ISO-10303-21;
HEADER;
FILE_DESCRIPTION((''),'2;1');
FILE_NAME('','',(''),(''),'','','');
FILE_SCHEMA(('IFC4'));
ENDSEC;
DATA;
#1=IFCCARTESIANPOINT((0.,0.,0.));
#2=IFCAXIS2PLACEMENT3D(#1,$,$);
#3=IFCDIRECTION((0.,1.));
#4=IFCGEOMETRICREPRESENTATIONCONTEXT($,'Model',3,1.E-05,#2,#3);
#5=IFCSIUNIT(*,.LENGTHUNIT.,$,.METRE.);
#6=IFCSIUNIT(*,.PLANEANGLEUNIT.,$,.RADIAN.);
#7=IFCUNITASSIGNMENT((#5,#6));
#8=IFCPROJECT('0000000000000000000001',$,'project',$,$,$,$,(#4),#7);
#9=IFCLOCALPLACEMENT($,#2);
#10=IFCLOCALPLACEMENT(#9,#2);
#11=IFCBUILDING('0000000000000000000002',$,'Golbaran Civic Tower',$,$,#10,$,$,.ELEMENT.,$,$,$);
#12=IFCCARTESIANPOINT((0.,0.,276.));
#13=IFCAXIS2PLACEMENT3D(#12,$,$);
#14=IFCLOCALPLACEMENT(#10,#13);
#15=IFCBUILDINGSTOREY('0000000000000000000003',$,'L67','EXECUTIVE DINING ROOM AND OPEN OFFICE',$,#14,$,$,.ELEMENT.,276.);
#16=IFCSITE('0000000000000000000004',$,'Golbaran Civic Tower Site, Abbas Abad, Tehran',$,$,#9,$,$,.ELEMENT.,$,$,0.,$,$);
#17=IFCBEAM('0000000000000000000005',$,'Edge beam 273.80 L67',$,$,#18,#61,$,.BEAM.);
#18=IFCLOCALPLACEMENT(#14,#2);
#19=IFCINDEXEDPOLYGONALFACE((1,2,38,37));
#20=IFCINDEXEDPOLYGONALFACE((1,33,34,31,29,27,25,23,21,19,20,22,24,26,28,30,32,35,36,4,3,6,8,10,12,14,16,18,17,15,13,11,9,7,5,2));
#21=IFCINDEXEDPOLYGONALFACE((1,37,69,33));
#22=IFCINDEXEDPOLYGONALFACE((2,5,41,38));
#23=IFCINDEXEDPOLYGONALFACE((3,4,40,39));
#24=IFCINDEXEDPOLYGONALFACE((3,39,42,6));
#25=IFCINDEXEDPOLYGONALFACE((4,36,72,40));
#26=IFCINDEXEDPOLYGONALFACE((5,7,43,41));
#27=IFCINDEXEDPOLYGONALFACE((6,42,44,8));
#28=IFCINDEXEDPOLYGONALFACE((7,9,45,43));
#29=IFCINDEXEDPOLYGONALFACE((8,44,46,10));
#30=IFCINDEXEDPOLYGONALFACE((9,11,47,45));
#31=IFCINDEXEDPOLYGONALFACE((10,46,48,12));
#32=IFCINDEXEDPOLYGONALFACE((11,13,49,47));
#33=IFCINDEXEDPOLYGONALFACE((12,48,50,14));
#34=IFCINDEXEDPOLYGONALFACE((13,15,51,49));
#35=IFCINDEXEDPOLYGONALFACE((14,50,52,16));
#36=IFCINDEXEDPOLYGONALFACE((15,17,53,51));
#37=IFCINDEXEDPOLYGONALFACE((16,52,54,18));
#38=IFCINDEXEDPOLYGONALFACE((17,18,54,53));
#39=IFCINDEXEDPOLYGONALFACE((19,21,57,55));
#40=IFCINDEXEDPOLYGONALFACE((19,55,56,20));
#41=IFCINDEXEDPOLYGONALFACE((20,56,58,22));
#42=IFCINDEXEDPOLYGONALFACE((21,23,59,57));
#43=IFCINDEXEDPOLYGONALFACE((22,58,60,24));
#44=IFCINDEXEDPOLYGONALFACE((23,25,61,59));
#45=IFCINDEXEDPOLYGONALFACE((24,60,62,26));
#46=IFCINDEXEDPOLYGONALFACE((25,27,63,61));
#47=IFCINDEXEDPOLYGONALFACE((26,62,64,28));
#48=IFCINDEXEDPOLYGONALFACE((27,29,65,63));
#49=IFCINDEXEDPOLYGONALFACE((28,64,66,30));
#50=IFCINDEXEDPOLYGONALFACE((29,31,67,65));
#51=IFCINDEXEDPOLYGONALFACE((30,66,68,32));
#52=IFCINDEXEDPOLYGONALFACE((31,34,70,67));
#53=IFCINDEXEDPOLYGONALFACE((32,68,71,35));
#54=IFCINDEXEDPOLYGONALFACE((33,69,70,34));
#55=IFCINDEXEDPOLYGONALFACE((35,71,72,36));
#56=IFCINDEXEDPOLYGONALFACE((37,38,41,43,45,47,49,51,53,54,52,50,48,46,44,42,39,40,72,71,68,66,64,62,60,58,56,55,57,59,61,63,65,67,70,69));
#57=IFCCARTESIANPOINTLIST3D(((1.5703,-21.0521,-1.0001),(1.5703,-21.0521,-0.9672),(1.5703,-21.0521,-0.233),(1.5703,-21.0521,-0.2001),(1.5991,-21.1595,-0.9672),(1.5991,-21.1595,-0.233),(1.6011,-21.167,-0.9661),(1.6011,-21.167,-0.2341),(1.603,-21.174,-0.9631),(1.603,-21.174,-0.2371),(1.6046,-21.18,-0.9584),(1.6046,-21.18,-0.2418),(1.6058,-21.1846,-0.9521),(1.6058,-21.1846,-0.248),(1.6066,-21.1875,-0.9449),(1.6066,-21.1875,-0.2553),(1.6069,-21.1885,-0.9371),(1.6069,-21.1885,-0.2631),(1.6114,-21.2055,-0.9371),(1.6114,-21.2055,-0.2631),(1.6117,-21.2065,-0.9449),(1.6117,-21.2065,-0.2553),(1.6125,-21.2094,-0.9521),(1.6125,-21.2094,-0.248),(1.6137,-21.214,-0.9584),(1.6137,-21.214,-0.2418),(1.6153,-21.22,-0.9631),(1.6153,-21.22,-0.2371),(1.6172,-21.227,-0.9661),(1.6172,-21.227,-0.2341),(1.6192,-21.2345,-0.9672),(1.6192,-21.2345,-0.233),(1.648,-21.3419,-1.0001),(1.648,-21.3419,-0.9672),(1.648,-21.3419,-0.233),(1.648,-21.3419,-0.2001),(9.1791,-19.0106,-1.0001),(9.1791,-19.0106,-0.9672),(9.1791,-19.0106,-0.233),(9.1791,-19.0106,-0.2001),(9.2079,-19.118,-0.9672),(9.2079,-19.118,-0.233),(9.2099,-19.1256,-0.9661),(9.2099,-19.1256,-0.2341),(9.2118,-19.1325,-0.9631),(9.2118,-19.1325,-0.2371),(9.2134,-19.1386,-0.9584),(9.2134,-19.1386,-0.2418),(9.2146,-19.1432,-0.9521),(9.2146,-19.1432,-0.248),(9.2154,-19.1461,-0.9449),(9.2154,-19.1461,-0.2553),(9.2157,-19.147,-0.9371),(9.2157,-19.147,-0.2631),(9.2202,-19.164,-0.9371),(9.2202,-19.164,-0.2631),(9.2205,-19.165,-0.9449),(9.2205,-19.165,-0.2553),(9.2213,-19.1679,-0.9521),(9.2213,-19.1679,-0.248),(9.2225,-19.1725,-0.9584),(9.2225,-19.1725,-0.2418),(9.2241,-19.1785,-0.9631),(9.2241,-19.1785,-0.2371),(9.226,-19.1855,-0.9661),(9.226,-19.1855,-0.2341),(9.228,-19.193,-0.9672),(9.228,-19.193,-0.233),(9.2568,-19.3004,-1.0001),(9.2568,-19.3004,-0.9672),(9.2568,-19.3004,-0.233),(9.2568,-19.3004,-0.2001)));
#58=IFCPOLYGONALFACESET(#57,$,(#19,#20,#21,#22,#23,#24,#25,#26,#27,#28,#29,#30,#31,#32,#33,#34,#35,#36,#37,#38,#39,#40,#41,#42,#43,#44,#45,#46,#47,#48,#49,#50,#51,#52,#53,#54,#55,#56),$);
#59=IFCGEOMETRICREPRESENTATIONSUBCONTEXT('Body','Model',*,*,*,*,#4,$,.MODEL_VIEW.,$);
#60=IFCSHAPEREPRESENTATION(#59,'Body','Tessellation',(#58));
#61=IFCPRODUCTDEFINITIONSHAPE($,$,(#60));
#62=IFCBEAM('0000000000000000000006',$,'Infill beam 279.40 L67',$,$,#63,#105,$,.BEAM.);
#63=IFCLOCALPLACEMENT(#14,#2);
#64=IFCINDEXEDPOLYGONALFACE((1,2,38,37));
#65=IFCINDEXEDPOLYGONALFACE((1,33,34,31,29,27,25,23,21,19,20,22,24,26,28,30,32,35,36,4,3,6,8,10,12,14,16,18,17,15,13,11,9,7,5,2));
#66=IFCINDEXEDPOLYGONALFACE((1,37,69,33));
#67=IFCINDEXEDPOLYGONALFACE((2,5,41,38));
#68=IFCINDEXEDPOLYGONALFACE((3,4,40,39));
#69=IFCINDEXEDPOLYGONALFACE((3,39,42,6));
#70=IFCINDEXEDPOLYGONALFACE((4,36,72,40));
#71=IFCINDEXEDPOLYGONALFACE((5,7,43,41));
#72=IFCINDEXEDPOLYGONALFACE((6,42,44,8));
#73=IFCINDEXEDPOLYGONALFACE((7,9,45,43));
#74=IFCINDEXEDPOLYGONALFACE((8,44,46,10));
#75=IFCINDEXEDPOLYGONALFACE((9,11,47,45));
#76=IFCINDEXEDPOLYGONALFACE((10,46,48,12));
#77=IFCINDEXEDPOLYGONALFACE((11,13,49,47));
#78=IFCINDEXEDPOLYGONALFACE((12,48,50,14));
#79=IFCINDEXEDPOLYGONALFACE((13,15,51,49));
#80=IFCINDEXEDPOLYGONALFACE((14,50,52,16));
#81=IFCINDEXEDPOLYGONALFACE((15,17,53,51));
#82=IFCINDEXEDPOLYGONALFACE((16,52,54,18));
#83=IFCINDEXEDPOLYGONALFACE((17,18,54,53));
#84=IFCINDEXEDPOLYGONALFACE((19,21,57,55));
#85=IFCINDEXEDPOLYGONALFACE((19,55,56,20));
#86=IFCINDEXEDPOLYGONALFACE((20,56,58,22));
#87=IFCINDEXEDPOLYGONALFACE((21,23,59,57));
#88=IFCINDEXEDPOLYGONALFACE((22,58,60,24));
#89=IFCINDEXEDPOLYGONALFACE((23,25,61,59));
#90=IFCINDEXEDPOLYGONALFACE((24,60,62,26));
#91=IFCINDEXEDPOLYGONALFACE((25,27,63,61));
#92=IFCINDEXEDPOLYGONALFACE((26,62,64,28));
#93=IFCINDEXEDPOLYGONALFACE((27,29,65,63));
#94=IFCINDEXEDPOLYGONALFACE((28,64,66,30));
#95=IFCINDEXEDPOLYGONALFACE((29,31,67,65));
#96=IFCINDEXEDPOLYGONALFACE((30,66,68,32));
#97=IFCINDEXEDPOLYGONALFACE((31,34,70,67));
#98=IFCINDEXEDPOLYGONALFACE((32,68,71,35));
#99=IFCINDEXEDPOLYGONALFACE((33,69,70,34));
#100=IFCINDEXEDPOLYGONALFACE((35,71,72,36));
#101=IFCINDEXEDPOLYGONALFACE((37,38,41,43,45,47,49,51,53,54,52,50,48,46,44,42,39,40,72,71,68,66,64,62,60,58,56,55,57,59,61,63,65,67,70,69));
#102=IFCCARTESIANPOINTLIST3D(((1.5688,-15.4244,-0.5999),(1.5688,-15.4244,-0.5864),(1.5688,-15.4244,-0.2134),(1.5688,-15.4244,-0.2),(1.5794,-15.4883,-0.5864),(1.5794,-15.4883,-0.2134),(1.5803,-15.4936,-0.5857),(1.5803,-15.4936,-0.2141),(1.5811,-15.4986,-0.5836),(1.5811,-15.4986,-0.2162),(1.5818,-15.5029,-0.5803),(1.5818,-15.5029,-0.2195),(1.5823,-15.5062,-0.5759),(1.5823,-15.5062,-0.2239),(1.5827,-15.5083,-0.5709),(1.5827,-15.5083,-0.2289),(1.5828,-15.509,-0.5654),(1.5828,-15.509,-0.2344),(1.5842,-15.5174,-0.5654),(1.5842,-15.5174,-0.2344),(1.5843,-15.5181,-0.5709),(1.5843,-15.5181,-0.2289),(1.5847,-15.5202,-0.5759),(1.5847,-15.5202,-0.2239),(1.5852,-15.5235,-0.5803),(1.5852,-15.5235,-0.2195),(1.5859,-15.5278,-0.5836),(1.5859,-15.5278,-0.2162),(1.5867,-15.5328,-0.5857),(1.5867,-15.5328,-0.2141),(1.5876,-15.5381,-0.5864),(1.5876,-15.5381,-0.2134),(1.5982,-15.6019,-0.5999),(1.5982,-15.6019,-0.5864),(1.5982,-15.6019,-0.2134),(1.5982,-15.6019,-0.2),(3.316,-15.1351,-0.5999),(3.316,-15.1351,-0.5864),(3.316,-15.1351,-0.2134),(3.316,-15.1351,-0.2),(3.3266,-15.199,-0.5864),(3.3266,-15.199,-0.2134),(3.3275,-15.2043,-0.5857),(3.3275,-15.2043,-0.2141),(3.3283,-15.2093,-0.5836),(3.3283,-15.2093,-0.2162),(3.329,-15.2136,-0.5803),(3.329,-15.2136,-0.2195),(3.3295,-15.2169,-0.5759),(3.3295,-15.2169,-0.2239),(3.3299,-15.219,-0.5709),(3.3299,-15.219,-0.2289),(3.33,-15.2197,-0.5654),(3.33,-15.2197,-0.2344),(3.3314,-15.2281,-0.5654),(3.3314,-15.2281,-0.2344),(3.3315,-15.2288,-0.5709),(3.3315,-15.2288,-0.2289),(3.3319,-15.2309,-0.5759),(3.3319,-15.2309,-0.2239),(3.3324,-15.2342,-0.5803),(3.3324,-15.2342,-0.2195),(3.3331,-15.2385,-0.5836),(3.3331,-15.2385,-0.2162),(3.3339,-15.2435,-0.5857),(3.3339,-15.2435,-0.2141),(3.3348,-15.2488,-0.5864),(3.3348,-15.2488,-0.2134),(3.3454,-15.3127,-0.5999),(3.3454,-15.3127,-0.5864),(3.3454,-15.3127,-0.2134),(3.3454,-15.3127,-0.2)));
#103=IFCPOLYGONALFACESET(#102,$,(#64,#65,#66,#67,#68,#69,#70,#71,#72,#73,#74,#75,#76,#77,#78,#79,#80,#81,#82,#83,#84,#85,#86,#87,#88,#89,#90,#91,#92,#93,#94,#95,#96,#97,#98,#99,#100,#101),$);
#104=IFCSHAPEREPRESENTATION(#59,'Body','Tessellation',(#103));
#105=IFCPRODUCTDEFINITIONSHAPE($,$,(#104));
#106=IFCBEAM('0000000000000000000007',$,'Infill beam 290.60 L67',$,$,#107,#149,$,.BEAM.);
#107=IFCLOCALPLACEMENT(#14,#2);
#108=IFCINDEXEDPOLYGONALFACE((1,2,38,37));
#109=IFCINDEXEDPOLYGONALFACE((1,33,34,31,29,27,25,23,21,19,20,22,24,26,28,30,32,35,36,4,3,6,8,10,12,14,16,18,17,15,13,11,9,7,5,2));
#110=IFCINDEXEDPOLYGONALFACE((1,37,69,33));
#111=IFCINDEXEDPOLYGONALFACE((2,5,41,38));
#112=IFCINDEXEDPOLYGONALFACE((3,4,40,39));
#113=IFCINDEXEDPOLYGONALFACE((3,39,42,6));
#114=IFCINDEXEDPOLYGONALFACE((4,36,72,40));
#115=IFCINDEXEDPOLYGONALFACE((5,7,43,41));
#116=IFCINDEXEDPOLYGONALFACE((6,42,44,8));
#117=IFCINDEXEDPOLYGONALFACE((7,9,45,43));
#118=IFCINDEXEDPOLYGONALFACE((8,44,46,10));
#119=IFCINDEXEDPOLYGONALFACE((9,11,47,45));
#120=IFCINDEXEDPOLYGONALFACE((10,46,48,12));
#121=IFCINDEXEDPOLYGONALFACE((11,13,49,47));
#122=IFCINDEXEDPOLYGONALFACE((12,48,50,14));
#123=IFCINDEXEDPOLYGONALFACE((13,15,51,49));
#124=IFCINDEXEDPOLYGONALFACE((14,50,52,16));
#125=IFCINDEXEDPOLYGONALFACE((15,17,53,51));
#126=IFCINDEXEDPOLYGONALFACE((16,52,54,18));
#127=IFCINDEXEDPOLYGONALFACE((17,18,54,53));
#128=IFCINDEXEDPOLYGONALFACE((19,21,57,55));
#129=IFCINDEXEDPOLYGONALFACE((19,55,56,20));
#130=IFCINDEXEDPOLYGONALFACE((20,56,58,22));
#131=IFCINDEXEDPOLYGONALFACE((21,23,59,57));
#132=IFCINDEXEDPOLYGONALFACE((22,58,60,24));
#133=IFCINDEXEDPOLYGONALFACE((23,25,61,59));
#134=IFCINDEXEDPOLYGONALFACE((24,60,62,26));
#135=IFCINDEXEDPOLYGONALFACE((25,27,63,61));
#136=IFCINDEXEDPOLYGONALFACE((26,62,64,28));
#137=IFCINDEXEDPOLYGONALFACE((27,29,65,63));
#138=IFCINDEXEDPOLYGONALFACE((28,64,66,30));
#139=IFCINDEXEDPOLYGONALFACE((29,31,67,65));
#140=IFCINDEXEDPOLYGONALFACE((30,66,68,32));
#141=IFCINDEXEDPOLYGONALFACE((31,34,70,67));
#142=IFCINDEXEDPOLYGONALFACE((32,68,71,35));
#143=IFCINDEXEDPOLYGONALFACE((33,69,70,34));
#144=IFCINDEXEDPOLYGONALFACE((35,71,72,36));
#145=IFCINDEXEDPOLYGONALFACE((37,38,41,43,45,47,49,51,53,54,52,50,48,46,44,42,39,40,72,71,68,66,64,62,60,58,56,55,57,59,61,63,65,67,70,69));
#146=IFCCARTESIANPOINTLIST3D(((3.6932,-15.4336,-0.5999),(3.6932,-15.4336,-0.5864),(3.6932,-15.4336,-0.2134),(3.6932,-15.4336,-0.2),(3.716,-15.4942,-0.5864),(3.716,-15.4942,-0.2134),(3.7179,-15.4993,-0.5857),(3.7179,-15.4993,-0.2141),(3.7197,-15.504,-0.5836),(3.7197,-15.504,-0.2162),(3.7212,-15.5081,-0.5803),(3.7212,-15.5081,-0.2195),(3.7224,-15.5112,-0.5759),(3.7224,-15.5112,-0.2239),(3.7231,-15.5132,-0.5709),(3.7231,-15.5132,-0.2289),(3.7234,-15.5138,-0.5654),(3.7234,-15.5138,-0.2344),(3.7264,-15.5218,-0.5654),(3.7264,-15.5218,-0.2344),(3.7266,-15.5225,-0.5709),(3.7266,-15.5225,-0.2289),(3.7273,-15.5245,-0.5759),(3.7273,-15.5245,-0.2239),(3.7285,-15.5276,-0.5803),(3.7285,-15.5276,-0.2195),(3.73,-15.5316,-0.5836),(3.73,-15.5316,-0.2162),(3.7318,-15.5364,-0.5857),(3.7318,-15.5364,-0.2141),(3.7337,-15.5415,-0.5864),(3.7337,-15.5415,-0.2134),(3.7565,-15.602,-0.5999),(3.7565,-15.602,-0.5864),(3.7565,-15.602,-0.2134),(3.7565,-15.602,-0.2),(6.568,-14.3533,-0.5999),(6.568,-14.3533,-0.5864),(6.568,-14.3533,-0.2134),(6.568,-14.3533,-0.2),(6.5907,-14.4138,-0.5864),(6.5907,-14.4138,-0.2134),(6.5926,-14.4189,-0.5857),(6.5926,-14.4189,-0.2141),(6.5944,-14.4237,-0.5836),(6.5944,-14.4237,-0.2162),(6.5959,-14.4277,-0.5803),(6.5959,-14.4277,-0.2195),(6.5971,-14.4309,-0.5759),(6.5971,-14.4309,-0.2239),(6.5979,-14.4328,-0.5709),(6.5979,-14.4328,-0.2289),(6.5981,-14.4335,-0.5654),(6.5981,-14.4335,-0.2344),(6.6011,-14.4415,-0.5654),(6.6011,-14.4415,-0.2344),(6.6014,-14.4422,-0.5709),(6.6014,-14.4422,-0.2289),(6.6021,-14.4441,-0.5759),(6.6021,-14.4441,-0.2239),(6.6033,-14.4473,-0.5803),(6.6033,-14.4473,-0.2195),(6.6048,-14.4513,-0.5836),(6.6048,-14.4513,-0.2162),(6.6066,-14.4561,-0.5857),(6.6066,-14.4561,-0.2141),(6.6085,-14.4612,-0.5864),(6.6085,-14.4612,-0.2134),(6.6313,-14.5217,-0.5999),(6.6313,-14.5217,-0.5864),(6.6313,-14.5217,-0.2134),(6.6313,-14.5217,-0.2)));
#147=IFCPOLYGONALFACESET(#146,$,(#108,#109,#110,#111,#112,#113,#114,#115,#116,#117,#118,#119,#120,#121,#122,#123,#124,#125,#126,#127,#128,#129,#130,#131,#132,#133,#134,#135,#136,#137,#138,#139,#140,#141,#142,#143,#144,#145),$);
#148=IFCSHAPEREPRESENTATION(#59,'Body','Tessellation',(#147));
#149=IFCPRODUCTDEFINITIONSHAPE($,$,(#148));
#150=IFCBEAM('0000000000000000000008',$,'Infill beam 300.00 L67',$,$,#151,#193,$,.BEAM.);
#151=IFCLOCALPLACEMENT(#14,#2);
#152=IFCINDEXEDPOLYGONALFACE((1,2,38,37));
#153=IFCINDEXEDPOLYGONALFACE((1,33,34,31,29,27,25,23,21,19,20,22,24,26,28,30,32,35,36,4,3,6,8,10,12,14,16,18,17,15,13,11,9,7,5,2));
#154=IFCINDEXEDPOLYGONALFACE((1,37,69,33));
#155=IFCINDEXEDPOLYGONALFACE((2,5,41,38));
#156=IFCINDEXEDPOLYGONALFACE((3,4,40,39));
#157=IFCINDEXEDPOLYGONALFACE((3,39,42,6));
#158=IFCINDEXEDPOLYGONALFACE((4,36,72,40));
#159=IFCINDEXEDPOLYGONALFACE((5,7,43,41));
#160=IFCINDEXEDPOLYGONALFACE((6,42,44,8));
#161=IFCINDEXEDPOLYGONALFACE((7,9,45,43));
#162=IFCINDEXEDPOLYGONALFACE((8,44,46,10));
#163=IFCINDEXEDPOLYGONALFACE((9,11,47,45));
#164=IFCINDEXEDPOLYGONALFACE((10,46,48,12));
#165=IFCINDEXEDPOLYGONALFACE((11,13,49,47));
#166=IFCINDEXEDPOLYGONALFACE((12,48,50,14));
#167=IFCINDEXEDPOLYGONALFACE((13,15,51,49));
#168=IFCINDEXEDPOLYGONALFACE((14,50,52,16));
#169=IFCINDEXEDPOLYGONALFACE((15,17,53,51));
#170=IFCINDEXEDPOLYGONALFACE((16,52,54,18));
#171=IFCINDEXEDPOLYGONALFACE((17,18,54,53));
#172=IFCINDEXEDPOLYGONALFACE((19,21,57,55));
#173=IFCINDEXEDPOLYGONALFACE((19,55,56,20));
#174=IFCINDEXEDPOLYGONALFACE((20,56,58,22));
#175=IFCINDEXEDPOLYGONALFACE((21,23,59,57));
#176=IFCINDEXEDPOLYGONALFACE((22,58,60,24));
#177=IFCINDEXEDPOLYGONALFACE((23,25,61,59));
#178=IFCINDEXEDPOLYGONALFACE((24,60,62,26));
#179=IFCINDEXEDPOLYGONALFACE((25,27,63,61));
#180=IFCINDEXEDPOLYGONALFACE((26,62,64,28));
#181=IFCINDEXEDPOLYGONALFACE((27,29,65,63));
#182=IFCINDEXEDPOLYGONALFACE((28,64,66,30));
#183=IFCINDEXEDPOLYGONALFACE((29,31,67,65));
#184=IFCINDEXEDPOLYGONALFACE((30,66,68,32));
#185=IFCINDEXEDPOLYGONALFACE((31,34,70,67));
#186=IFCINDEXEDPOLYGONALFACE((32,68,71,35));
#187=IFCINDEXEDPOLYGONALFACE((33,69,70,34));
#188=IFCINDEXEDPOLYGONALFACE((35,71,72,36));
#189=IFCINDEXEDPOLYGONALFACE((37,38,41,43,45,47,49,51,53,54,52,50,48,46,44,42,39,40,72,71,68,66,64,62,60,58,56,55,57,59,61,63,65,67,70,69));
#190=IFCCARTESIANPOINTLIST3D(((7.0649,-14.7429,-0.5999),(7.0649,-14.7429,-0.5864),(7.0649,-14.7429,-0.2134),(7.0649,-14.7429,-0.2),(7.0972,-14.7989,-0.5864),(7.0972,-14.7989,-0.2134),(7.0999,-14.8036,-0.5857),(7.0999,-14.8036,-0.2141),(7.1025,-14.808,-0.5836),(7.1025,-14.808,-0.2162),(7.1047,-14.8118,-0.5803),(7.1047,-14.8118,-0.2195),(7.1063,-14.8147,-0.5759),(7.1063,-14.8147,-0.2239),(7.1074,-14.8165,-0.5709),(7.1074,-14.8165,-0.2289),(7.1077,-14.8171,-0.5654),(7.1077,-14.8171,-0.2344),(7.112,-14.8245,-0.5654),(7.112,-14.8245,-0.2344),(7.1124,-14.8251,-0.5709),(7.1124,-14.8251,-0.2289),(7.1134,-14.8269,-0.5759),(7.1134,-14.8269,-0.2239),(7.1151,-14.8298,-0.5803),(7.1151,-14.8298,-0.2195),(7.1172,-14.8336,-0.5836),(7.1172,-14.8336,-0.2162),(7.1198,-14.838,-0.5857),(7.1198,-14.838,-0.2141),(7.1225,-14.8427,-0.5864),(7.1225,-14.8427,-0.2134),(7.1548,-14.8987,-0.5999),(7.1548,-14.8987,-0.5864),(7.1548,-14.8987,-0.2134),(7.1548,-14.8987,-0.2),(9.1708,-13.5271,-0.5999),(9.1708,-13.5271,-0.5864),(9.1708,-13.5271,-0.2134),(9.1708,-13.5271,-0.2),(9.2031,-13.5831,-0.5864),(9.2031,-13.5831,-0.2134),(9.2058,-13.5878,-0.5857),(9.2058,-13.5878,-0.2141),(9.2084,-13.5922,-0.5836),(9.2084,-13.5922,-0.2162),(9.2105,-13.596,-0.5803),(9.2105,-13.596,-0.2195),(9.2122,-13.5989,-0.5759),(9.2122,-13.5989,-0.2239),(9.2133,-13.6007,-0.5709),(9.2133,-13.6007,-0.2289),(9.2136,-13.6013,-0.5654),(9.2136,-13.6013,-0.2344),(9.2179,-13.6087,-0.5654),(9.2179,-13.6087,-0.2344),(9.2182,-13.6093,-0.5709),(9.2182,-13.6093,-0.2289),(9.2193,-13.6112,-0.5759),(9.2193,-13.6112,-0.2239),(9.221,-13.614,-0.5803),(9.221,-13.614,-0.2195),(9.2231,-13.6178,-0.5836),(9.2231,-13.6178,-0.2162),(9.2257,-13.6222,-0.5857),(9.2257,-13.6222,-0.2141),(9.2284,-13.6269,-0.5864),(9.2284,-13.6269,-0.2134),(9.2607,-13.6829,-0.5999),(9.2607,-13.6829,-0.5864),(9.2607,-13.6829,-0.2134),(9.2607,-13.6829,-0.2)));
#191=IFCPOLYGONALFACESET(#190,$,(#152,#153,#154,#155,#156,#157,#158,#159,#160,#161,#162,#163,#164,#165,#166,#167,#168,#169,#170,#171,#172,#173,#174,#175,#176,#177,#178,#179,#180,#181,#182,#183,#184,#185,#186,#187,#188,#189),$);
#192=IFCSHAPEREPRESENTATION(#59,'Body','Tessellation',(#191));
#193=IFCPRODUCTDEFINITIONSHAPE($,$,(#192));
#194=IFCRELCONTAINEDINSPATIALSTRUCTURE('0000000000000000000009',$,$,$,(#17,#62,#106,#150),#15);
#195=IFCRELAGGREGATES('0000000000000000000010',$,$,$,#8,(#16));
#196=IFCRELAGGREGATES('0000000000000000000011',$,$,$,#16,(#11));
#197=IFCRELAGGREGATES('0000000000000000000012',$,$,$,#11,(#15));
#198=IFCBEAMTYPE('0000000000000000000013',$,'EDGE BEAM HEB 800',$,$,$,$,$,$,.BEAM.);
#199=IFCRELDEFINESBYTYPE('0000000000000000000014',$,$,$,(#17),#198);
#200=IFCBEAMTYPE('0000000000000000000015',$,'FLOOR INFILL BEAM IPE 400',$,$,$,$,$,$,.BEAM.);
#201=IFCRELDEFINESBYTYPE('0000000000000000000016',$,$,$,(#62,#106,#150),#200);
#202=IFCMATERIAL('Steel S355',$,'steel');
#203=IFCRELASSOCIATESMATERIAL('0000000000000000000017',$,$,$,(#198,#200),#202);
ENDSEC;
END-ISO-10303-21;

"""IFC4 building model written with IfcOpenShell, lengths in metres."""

from ifc_helpers import new_model, si_unit, direction, frame, origin, origin_2d, place, context, subcontext, project, spatial, i_section, extrude, material, material_profile, profile_set, type_object, element, save


model = new_model("IFC4")

# Units and contexts
model_context = context("Model", 3, precision=1e-05, world=origin(), true_north=direction((0.0, 1.0)))
body_context = subcontext(model_context, "Body", "Model", "MODEL_VIEW")
ifc_project = project(units=[si_unit("LENGTHUNIT", "METRE"), si_unit("PLANEANGLEUNIT", "RADIAN")], contexts=[model_context])

# Site, building, storey
site_placement = place(None, origin())
site = spatial("IfcSite", under=ifc_project, at=site_placement, Name="Golbaran Civic Tower Site, Abbas Abad, Tehran", CompositionType="ELEMENT", RefElevation=0.0)
building_placement = place(site_placement, origin())
building = spatial("IfcBuilding", under=site, at=building_placement, Name="Golbaran Civic Tower", CompositionType="ELEMENT")
storey_placement = place(building_placement, frame((0.0, 0.0, 276.0)))
storey = spatial("IfcBuildingStorey", under=building, at=storey_placement, Name="L67", Description="EXECUTIVE DINING ROOM AND OPEN OFFICE", CompositionType="ELEMENT", Elevation=276.0)

# Beams
ifc_material_1 = material(Name="Steel S355", Category="steel")
ifc_material_profile_1 = material_profile(ifc_material_1, i_section(OverallWidth=0.3, OverallDepth=0.8, WebThickness=0.0176, FlangeThickness=0.033, FilletRadius=0.03, at=origin_2d()), Name="HEB 800")
ifc_profile_set_1 = profile_set([ifc_material_profile_1], Name="Steel S355")
beam_type_1 = type_object("IfcBeamType", Name="EDGE BEAM HEB 800", PredefinedType="BEAM", material=ifc_profile_set_1)
beam_1_placement = place(storey_placement, frame((1.6091, -21.197, -0.6001), z_axis=(0.96584, 0.25914, 0.0), x_axis=(-0.25914, 0.96584, 0.0)))
element("IfcBeam", 1, at=beam_1_placement, inside=storey, type_object=beam_type_1, Name="Edge beam 273.80 L67", PredefinedType="BEAM", context=body_context, shape_type="SweptSolid", body=[
    extrude(i_section(OverallWidth=0.3, OverallDepth=0.8, WebThickness=0.0176, FlangeThickness=0.033, FilletRadius=0.03, at=origin_2d()), origin(), (0.0, 0.0, 1.0), 7.8779),
])
ifc_material_profile_2 = material_profile(ifc_material_1, i_section(OverallWidth=0.1799, OverallDepth=0.3999, WebThickness=0.0085, FlangeThickness=0.0134, FilletRadius=0.021, at=origin_2d()), Name="IPE 400")
ifc_profile_set_2 = profile_set([ifc_material_profile_2], Name="Steel S355")
beam_type_2 = type_object("IfcBeamType", Name="FLOOR INFILL BEAM IPE 400", PredefinedType="BEAM", material=ifc_profile_set_2)
beam_2_placement = place(storey_placement, frame((1.5835, -15.5132, -0.3999), z_axis=(0.986568, 0.163348, 0.0), x_axis=(-0.163348, 0.986568, 0.0)))
element("IfcBeam", 2, at=beam_2_placement, inside=storey, type_object=beam_type_2, Name="Infill beam 279.40 L67", PredefinedType="BEAM", context=body_context, shape_type="SweptSolid", body=[
    extrude(i_section(OverallWidth=0.1799, OverallDepth=0.3999, WebThickness=0.0085, FlangeThickness=0.0134, FilletRadius=0.021, at=origin_2d()), origin(), (0.0, 0.0, 1.0), 1.771),
])
beam_3_placement = place(storey_placement, frame((3.7249, -15.5178, -0.3999), z_axis=(0.936084, 0.351777, 0.0), x_axis=(-0.351777, 0.936084, 0.0)))
element("IfcBeam", 3, at=beam_3_placement, inside=storey, type_object=beam_type_2, Name="Infill beam 290.60 L67", PredefinedType="BEAM", context=body_context, shape_type="SweptSolid", body=[
    extrude(i_section(OverallWidth=0.1799, OverallDepth=0.3999, WebThickness=0.0085, FlangeThickness=0.0134, FilletRadius=0.021, at=origin_2d()), origin(), (0.0, 0.0, 1.0), 3.071),
])
beam_4_placement = place(storey_placement, frame((7.1099, -14.8208, -0.3999), z_axis=(0.866035, 0.499983, 0.0), x_axis=(-0.499983, 0.866035, 0.0)))
element("IfcBeam", 4, at=beam_4_placement, inside=storey, type_object=beam_type_2, Name="Infill beam 300.00 L67", PredefinedType="BEAM", context=body_context, shape_type="SweptSolid", body=[
    extrude(i_section(OverallWidth=0.1799, OverallDepth=0.3999, WebThickness=0.0085, FlangeThickness=0.0134, FilletRadius=0.021, at=origin_2d()), origin(), (0.0, 0.0, 1.0), 2.4316),
])

save(model, "model.ifc")
